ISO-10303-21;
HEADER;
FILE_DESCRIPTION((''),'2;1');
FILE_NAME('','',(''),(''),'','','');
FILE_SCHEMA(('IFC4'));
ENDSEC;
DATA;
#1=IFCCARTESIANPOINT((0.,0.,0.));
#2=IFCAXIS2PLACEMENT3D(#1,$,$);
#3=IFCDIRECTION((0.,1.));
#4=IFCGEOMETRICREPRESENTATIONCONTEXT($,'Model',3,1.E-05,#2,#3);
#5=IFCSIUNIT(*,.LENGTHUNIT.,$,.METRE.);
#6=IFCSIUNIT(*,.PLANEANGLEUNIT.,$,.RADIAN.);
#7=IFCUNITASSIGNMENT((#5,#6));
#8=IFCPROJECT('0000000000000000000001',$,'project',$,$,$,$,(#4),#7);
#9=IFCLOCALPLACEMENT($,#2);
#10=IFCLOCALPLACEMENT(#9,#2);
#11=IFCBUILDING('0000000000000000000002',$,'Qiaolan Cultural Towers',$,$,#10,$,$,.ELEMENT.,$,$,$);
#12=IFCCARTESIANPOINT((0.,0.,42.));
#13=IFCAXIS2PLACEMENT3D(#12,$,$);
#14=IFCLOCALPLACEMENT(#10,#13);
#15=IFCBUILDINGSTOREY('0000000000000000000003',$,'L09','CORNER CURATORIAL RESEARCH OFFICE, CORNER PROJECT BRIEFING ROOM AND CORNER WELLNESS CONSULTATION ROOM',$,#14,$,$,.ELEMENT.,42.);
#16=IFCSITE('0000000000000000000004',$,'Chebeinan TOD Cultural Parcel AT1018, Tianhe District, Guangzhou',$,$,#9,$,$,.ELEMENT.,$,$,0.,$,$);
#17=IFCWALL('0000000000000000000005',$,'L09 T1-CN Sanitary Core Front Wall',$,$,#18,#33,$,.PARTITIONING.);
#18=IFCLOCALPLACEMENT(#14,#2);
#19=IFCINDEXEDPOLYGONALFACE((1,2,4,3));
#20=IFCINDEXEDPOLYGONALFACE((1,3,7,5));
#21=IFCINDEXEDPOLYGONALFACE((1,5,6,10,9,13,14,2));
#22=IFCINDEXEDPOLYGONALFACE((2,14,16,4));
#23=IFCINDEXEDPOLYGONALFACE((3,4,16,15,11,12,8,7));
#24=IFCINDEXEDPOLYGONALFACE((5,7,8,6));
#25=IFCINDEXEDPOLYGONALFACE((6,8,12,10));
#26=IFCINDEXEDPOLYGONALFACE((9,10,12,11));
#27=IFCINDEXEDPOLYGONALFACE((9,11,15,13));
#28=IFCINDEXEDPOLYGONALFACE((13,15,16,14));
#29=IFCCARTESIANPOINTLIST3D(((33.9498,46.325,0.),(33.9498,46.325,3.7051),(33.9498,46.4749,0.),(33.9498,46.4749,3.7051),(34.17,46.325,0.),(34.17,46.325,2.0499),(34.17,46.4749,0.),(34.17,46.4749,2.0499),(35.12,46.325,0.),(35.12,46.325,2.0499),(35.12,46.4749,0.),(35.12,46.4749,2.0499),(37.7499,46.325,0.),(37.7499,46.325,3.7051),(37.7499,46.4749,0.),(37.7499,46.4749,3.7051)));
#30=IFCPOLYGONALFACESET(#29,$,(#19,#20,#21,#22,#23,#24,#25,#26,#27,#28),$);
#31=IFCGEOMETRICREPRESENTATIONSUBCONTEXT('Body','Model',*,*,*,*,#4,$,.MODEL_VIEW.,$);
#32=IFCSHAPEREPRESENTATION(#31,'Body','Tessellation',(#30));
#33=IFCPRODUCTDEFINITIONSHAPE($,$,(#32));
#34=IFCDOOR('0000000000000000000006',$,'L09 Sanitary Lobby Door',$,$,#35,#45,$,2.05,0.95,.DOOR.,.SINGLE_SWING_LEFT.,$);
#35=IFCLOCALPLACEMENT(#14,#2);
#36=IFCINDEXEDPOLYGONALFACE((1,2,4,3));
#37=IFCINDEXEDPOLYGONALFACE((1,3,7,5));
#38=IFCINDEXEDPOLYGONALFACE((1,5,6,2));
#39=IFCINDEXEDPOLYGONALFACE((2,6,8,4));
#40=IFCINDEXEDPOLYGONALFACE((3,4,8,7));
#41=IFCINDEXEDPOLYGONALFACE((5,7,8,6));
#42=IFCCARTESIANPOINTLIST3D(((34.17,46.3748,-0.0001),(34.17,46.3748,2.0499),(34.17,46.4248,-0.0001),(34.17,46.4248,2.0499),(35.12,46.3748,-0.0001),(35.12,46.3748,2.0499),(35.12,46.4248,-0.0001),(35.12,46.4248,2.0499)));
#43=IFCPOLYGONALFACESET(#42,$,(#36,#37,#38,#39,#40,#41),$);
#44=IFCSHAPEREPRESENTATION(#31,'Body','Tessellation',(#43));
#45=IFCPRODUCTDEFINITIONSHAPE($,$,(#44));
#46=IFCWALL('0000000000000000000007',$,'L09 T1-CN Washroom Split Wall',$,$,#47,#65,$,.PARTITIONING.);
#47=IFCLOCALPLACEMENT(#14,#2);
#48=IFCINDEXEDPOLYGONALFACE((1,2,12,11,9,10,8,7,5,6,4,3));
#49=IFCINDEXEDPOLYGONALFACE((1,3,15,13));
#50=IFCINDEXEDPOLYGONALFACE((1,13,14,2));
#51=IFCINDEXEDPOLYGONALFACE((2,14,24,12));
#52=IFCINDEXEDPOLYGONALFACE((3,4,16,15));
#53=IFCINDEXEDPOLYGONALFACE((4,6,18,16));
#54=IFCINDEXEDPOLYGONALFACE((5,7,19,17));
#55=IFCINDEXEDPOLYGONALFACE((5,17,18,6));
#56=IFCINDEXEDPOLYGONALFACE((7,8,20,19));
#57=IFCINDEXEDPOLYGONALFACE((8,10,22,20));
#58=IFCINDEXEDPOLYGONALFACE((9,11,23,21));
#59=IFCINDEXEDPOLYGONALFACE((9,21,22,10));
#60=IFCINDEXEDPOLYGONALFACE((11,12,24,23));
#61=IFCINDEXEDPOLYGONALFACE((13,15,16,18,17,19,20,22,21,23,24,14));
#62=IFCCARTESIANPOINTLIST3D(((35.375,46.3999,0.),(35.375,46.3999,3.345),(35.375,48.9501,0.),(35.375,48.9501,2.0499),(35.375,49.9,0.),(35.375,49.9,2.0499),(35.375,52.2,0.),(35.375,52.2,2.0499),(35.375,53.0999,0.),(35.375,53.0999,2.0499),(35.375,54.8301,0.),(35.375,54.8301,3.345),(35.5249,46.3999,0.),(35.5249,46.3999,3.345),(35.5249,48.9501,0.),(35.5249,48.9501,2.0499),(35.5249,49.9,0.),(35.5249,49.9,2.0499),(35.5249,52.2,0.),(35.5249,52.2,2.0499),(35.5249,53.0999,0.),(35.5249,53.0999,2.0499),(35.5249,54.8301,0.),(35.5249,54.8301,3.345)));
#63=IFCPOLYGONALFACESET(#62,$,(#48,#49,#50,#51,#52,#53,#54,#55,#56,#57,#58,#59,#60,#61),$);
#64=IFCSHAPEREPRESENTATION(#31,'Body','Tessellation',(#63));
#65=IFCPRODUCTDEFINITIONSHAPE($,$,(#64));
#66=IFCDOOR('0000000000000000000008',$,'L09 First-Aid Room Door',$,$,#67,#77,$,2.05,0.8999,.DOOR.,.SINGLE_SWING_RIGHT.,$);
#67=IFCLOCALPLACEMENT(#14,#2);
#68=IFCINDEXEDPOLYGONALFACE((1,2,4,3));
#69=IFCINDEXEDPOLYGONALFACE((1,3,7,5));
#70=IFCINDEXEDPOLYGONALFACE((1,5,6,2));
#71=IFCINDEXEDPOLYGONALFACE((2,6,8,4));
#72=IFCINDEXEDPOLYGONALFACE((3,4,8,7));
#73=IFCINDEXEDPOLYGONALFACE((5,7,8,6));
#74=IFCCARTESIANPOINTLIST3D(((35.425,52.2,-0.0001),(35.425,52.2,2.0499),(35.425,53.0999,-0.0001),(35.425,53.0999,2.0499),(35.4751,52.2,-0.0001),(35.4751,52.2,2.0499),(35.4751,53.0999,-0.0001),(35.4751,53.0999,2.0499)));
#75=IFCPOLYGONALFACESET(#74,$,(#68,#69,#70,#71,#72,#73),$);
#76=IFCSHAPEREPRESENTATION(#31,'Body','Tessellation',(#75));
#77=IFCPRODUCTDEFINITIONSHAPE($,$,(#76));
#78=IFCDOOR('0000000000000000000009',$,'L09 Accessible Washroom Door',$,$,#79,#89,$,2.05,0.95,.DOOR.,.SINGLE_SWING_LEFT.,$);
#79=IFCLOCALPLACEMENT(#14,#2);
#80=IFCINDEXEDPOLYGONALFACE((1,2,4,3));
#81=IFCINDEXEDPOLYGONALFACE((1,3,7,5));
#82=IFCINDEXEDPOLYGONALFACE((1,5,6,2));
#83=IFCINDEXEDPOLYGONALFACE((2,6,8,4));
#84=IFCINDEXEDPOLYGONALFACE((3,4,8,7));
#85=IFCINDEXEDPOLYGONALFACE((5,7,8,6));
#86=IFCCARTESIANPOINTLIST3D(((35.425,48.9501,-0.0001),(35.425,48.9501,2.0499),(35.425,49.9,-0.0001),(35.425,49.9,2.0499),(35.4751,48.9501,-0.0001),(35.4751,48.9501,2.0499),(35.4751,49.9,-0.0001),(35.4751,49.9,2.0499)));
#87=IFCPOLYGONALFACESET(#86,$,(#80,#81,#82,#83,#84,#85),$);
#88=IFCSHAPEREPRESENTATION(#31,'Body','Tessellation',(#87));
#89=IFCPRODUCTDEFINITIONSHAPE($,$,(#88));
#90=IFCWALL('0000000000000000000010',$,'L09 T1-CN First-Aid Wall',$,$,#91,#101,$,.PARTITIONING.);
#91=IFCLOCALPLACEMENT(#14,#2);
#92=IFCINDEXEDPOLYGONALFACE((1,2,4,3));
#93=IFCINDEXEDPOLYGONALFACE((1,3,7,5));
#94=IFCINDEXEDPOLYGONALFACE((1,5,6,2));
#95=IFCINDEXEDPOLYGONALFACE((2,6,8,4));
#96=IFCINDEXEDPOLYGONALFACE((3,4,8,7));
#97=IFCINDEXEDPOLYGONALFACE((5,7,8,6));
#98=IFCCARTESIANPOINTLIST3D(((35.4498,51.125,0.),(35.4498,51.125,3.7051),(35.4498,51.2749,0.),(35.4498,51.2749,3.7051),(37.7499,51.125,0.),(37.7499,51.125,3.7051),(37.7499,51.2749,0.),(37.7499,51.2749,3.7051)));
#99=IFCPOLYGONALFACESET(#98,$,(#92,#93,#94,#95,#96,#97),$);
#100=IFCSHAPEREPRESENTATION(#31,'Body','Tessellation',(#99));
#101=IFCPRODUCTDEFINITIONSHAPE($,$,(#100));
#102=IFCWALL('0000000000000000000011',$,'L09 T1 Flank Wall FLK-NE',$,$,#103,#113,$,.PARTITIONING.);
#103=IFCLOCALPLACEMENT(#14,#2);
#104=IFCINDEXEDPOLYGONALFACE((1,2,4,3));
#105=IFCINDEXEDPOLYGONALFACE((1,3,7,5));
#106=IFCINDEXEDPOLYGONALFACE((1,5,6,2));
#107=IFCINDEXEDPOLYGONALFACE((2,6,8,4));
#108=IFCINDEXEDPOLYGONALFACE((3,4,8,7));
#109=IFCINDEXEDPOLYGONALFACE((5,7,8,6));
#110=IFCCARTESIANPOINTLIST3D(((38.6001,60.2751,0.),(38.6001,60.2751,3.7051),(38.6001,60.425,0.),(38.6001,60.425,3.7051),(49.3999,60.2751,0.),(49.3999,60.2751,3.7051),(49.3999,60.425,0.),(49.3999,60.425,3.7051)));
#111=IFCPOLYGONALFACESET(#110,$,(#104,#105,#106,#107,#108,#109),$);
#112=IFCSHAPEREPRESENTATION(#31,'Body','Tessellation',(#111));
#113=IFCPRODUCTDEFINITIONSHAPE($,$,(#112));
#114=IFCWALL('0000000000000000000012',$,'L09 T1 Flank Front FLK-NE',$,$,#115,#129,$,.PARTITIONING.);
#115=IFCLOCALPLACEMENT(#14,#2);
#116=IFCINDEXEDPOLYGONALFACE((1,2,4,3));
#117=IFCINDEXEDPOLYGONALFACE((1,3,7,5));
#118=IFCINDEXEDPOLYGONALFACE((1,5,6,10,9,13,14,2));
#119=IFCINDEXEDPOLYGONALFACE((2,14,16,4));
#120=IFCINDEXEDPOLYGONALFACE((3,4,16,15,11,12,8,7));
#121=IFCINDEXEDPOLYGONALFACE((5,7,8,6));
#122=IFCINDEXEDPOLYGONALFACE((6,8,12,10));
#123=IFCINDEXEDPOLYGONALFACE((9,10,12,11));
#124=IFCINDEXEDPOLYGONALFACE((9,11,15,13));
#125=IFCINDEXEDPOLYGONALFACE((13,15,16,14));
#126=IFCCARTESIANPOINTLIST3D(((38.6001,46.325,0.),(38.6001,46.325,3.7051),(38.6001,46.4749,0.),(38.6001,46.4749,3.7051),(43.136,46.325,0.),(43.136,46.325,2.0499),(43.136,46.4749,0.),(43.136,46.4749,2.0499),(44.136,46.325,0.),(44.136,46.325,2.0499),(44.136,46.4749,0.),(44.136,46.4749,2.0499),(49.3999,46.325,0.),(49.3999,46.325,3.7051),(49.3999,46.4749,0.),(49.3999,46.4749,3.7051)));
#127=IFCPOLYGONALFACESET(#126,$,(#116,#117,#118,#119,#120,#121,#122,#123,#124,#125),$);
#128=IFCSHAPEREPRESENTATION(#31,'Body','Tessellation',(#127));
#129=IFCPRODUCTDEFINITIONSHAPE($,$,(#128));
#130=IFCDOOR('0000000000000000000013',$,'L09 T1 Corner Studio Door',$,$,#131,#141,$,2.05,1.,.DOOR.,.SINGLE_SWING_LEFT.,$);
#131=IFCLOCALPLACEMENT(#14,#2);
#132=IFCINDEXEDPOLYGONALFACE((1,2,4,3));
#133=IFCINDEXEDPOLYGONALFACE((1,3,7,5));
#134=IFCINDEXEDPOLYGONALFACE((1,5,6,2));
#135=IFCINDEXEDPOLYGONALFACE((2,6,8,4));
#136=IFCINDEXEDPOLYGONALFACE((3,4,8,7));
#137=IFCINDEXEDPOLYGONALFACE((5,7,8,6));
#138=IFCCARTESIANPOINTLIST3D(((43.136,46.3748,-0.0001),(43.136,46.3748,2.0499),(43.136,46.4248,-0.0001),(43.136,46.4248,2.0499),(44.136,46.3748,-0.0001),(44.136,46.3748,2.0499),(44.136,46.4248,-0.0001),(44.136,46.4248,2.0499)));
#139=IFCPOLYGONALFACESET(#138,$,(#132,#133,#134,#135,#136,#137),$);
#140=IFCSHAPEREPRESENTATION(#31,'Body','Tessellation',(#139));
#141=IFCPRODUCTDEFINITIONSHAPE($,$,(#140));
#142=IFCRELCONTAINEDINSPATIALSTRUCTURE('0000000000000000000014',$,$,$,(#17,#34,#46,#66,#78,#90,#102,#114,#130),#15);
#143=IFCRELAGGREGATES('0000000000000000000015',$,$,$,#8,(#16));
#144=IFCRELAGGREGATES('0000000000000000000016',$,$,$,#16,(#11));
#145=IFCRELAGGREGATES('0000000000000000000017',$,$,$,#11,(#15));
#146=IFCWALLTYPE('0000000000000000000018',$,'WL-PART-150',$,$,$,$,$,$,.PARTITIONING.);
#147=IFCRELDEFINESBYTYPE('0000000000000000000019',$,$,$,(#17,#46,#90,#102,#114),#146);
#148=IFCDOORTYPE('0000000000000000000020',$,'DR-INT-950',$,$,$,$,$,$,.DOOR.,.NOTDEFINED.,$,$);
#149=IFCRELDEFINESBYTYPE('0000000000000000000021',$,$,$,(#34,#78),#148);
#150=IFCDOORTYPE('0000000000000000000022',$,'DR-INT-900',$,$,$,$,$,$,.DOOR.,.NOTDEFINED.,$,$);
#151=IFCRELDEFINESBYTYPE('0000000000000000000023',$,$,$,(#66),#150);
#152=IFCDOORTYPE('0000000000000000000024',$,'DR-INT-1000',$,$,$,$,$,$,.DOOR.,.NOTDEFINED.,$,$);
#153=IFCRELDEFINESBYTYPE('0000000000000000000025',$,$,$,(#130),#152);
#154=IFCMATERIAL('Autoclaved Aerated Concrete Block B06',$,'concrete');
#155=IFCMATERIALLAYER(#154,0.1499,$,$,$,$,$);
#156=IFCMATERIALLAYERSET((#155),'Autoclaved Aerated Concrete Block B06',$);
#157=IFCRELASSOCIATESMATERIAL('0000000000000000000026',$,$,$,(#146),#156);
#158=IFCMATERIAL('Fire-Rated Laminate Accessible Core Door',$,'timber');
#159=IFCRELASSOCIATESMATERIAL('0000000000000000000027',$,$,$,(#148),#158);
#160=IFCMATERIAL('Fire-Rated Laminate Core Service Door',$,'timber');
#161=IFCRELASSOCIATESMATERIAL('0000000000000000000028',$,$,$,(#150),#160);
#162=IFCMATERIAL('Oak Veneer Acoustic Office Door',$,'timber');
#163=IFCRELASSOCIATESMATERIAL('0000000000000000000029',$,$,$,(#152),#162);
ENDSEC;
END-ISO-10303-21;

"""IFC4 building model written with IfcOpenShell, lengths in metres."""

from ifc_helpers import new_model, si_unit, direction, frame, frame_2d, origin, place, context, subcontext, project, spatial, rectangle, extrude, material, layer, layer_set, type_object, element, fill, save


model = new_model("IFC4")

# Units and contexts
model_context = context("Model", 3, precision=1e-05, world=origin(), true_north=direction((0.0, 1.0)))
body_context = subcontext(model_context, "Body", "Model", "MODEL_VIEW")
ifc_project = project(units=[si_unit("LENGTHUNIT", "METRE"), si_unit("PLANEANGLEUNIT", "RADIAN")], contexts=[model_context])

# Site, building, storey
site_placement = place(None, origin())
site = spatial("IfcSite", under=ifc_project, at=site_placement, Name="Chebeinan TOD Cultural Parcel AT1018, Tianhe District, Guangzhou", CompositionType="ELEMENT", RefElevation=0.0)
building_placement = place(site_placement, origin())
building = spatial("IfcBuilding", under=site, at=building_placement, Name="Qiaolan Cultural Towers", CompositionType="ELEMENT")
storey_placement = place(building_placement, frame((0.0, 0.0, 42.0)))
storey = spatial("IfcBuildingStorey", under=building, at=storey_placement, Name="L09", Description="CORNER CURATORIAL RESEARCH OFFICE, CORNER PROJECT BRIEFING ROOM AND CORNER WELLNESS CONSULTATION ROOM", CompositionType="ELEMENT", Elevation=42.0)

# Shared definitions
ifc_material_1 = material(Name="Autoclaved Aerated Concrete Block B06", Category="concrete")
ifc_layer_1 = layer(ifc_material_1, 0.1499)
ifc_layer_set_1 = layer_set([ifc_layer_1], Name="Autoclaved Aerated Concrete Block B06")
wall_type_1 = type_object("IfcWallType", Name="WL-PART-150", PredefinedType="PARTITIONING", material=ifc_layer_set_1)

# Wall, opening, door
wall_1_placement = place(storey_placement, frame((33.95, 46.3999, 0.0), z_axis=(0.0, 0.0, 1.0), x_axis=(1.0, 0.0, 0.0)))
wall_1 = element("IfcWall", 1, at=wall_1_placement, inside=storey, type_object=wall_type_1, Name="L09 T1-CN Sanitary Core Front Wall", PredefinedType="PARTITIONING", context=body_context, shape_type="SweptSolid", body=[
    extrude(rectangle(XDim=3.8, YDim=0.1499, at=frame_2d((1.8999, 0.0))), origin(), (0.0, 0.0, 1.0), 3.7051),
])
opening_1_placement = place(wall_1_placement, frame((0.22, 0.0, 0.0)))
opening_1 = element("IfcOpeningElement", 2, at=opening_1_placement, cuts=wall_1, PredefinedType="OPENING", context=body_context, shape_type="SweptSolid", body=[
    extrude(rectangle(XDim=0.95, YDim=2.05, at=frame_2d((0.4751, 1.0249))), frame((0.0, 0.085, 0.0), z_axis=(0.0, -1.0, 0.0), x_axis=(1.0, 0.0, 0.0)), (0.0, 0.0, 1.0), 0.1699),
])
ifc_material_2 = material(Name="Fire-Rated Laminate Accessible Core Door", Category="timber")
door_type_1 = type_object("IfcDoorType", Name="DR-INT-950", OperationType="NOTDEFINED", PredefinedType="DOOR", material=ifc_material_2)
door_1_placement = place(opening_1_placement, origin())
door_1 = element("IfcDoor", 3, at=door_1_placement, inside=storey, type_object=door_type_1, Name="L09 Sanitary Lobby Door", OperationType="SINGLE_SWING_LEFT", OverallHeight=2.05, OverallWidth=0.95, PredefinedType="DOOR", context=body_context, shape_type="SweptSolid", body=[
    extrude(rectangle(XDim=0.95, YDim=2.05, at=frame_2d((0.4751, 1.0249))), frame((0.0, 0.0249, 0.0), z_axis=(0.0, -1.0, 0.0), x_axis=(1.0, 0.0, 0.0)), (0.0, 0.0, 1.0), 0.05),
])
fill(opening_1, door_1)

# Wall, openings, doors
wall_2_placement = place(storey_placement, frame((35.45, 46.3999, 0.0), z_axis=(0.0, 0.0, 1.0), x_axis=(0.0, 1.0, 0.0)))
wall_2 = element("IfcWall", 4, at=wall_2_placement, inside=storey, type_object=wall_type_1, Name="L09 T1-CN Washroom Split Wall", PredefinedType="PARTITIONING", context=body_context, shape_type="SweptSolid", body=[
    extrude(rectangle(XDim=8.4302, YDim=0.1499, at=frame_2d((4.2151, 0.0))), origin(), (0.0, 0.0, 1.0), 3.345),
])
opening_2_placement = place(wall_2_placement, frame((2.55, 0.0, 0.0)))
opening_2 = element("IfcOpeningElement", 5, at=opening_2_placement, cuts=wall_2, PredefinedType="OPENING", context=body_context, shape_type="SweptSolid", body=[
    extrude(rectangle(XDim=0.95, YDim=2.05, at=frame_2d((0.4751, 1.0249))), frame((0.0, 0.085, 0.0), z_axis=(0.0, -1.0, 0.0), x_axis=(1.0, 0.0, 0.0)), (0.0, 0.0, 1.0), 0.1699),
])
opening_3_placement = place(wall_2_placement, frame((5.8, 0.0, 0.0)))
opening_3 = element("IfcOpeningElement", 6, at=opening_3_placement, cuts=wall_2, PredefinedType="OPENING", context=body_context, shape_type="SweptSolid", body=[
    extrude(rectangle(XDim=0.8999, YDim=2.05, at=frame_2d((0.45, 1.0249))), frame((0.0, 0.085, 0.0), z_axis=(0.0, -1.0, 0.0), x_axis=(1.0, 0.0, 0.0)), (0.0, 0.0, 1.0), 0.1699),
])
ifc_material_3 = material(Name="Fire-Rated Laminate Core Service Door", Category="timber")
door_type_2 = type_object("IfcDoorType", Name="DR-INT-900", OperationType="NOTDEFINED", PredefinedType="DOOR", material=ifc_material_3)
door_2_placement = place(opening_3_placement, origin())
door_2 = element("IfcDoor", 7, at=door_2_placement, inside=storey, type_object=door_type_2, Name="L09 First-Aid Room Door", OperationType="SINGLE_SWING_RIGHT", OverallHeight=2.05, OverallWidth=0.8999, PredefinedType="DOOR", context=body_context, shape_type="SweptSolid", body=[
    extrude(rectangle(XDim=0.8999, YDim=2.05, at=frame_2d((0.45, 1.0249))), frame((0.0, 0.0249, 0.0), z_axis=(0.0, -1.0, 0.0), x_axis=(1.0, 0.0, 0.0)), (0.0, 0.0, 1.0), 0.05),
])
fill(opening_3, door_2)
door_3_placement = place(opening_2_placement, origin())
door_3 = element("IfcDoor", 8, at=door_3_placement, inside=storey, type_object=door_type_1, Name="L09 Accessible Washroom Door", OperationType="SINGLE_SWING_LEFT", OverallHeight=2.05, OverallWidth=0.95, PredefinedType="DOOR", context=body_context, shape_type="SweptSolid", body=[
    extrude(rectangle(XDim=0.95, YDim=2.05, at=frame_2d((0.4751, 1.0249))), frame((0.0, 0.0249, 0.0), z_axis=(0.0, -1.0, 0.0), x_axis=(1.0, 0.0, 0.0)), (0.0, 0.0, 1.0), 0.05),
])
fill(opening_2, door_3)

# Walls
wall_3_placement = place(storey_placement, frame((35.45, 51.2, 0.0), z_axis=(0.0, 0.0, 1.0), x_axis=(1.0, 0.0, 0.0)))
element("IfcWall", 9, at=wall_3_placement, inside=storey, type_object=wall_type_1, Name="L09 T1-CN First-Aid Wall", PredefinedType="PARTITIONING", context=body_context, shape_type="SweptSolid", body=[
    extrude(rectangle(XDim=2.3, YDim=0.1499, at=frame_2d((1.1499, 0.0))), origin(), (0.0, 0.0, 1.0), 3.7051),
])
wall_4_placement = place(storey_placement, frame((38.6001, 60.3501, 0.0), z_axis=(0.0, 0.0, 1.0), x_axis=(1.0, 0.0, 0.0)))
element("IfcWall", 10, at=wall_4_placement, inside=storey, type_object=wall_type_1, Name="L09 T1 Flank Wall FLK-NE", PredefinedType="PARTITIONING", context=body_context, shape_type="SweptSolid", body=[
    extrude(rectangle(XDim=10.7998, YDim=0.1499, at=frame_2d((5.3999, 0.0))), origin(), (0.0, 0.0, 1.0), 3.7051),
])

# Wall, opening, door
wall_5_placement = place(storey_placement, frame((38.6001, 46.3999, 0.0), z_axis=(0.0, 0.0, 1.0), x_axis=(1.0, 0.0, 0.0)))
wall_5 = element("IfcWall", 11, at=wall_5_placement, inside=storey, type_object=wall_type_1, Name="L09 T1 Flank Front FLK-NE", PredefinedType="PARTITIONING", context=body_context, shape_type="SweptSolid", body=[
    extrude(rectangle(XDim=10.7998, YDim=0.1499, at=frame_2d((5.3999, 0.0))), origin(), (0.0, 0.0, 1.0), 3.7051),
])
opening_4_placement = place(wall_5_placement, frame((4.5359, 0.0, 0.0)))
opening_4 = element("IfcOpeningElement", 12, at=opening_4_placement, cuts=wall_5, PredefinedType="OPENING", context=body_context, shape_type="SweptSolid", body=[
    extrude(rectangle(XDim=1.0, YDim=2.05, at=frame_2d((0.5, 1.0249))), frame((0.0, 0.085, 0.0), z_axis=(0.0, -1.0, 0.0), x_axis=(1.0, 0.0, 0.0)), (0.0, 0.0, 1.0), 0.1699),
])
ifc_material_4 = material(Name="Oak Veneer Acoustic Office Door", Category="timber")
door_type_3 = type_object("IfcDoorType", Name="DR-INT-1000", OperationType="NOTDEFINED", PredefinedType="DOOR", material=ifc_material_4)
door_4_placement = place(opening_4_placement, origin())
door_4 = element("IfcDoor", 13, at=door_4_placement, inside=storey, type_object=door_type_3, Name="L09 T1 Corner Studio Door", OperationType="SINGLE_SWING_LEFT", OverallHeight=2.05, OverallWidth=1.0, PredefinedType="DOOR", context=body_context, shape_type="SweptSolid", body=[
    extrude(rectangle(XDim=1.0, YDim=2.05, at=frame_2d((0.5, 1.0249))), frame((0.0, 0.0249, 0.0), z_axis=(0.0, -1.0, 0.0), x_axis=(1.0, 0.0, 0.0)), (0.0, 0.0, 1.0), 0.05),
])
fill(opening_4, door_4)

save(model, "model.ifc")
